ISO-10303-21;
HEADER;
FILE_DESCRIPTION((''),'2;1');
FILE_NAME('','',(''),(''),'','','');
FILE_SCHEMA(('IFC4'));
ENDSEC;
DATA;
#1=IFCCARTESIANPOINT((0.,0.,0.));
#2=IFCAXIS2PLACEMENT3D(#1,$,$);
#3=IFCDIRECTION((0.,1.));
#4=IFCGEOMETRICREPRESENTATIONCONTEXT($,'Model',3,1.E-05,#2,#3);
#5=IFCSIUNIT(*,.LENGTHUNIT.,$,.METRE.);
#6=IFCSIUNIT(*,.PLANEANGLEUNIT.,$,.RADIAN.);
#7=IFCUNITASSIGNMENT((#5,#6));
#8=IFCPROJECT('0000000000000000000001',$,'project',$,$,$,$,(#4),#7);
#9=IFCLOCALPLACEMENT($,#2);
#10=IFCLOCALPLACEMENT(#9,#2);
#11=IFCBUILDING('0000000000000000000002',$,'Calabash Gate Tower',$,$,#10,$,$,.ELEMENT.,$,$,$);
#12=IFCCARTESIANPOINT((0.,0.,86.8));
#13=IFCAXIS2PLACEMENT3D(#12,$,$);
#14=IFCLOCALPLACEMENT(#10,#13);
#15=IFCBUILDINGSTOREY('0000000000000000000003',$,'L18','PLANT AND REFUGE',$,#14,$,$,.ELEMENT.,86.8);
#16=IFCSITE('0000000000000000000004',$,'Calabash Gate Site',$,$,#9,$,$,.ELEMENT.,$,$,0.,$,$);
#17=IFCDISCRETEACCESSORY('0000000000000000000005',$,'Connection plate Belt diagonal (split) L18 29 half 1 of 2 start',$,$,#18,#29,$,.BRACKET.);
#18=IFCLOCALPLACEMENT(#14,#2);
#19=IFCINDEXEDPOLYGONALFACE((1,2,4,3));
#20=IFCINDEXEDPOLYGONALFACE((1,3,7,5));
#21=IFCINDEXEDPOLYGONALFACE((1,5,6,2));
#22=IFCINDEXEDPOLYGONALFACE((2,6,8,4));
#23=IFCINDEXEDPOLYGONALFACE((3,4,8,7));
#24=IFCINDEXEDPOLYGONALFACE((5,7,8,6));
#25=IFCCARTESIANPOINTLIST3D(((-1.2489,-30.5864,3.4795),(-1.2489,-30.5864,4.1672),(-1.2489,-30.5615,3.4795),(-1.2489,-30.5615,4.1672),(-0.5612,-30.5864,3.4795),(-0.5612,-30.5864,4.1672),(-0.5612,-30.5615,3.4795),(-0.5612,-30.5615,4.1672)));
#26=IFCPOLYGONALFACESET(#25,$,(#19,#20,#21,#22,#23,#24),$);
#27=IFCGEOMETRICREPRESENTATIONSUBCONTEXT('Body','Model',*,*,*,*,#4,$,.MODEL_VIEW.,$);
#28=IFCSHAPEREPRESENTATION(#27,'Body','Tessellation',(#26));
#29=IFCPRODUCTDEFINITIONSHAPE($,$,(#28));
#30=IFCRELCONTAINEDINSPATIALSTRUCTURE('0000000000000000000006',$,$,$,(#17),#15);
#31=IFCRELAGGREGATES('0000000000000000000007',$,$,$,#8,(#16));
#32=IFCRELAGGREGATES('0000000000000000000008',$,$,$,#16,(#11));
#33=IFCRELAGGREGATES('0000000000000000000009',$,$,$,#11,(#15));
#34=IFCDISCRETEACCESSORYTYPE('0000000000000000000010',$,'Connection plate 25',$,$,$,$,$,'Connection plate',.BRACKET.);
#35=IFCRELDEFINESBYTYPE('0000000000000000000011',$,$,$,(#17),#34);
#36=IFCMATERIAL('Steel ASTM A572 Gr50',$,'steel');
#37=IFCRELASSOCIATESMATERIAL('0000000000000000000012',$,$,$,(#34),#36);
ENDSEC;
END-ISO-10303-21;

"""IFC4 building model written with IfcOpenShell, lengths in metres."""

from ifc_helpers import new_model, si_unit, direction, frame, origin, origin_2d, place, context, subcontext, project, spatial, rectangle, extrude, material, type_object, element, save


model = new_model("IFC4")

# Units and contexts
model_context = context("Model", 3, precision=1e-05, world=origin(), true_north=direction((0.0, 1.0)))
body_context = subcontext(model_context, "Body", "Model", "MODEL_VIEW")
ifc_project = project(units=[si_unit("LENGTHUNIT", "METRE"), si_unit("PLANEANGLEUNIT", "RADIAN")], contexts=[model_context])

# Site, building, storey
site_placement = place(None, origin())
site = spatial("IfcSite", under=ifc_project, at=site_placement, Name="Calabash Gate Site", CompositionType="ELEMENT", RefElevation=0.0)
building_placement = place(site_placement, origin())
building = spatial("IfcBuilding", under=site, at=building_placement, Name="Calabash Gate Tower", CompositionType="ELEMENT")
storey_placement = place(building_placement, frame((0.0, 0.0, 86.8)))
storey = spatial("IfcBuildingStorey", under=building, at=storey_placement, Name="L18", Description="PLANT AND REFUGE", CompositionType="ELEMENT", Elevation=86.8)

# Discrete accessory
ifc_material_1 = material(Name="Steel ASTM A572 Gr50", Category="steel")
discrete_accessory_type = type_object("IfcDiscreteAccessoryType", Name="Connection plate 25", ElementType="Connection plate", PredefinedType="BRACKET", material=ifc_material_1)
for number, where, z_axis, x_axis, name in (
    (1, (-0.905, -30.574, 3.4795), (0.0, 0.0, 1.0), (1.0, 0.0, 0.0), "Connection plate Belt diagonal (split) L18 29 half 1 of 2 start"),
):
    element("IfcDiscreteAccessory", number, at=place(storey_placement, frame(where, z_axis=z_axis, x_axis=x_axis)), inside=storey, type_object=discrete_accessory_type, Name=name, PredefinedType="BRACKET", context=body_context, shape_type="SweptSolid", body=[
        extrude(rectangle(XDim=0.6877, YDim=0.0249, at=origin_2d()), origin(), (0.0, 0.0, 1.0), 0.6877),
    ])

save(model, "model.ifc")
